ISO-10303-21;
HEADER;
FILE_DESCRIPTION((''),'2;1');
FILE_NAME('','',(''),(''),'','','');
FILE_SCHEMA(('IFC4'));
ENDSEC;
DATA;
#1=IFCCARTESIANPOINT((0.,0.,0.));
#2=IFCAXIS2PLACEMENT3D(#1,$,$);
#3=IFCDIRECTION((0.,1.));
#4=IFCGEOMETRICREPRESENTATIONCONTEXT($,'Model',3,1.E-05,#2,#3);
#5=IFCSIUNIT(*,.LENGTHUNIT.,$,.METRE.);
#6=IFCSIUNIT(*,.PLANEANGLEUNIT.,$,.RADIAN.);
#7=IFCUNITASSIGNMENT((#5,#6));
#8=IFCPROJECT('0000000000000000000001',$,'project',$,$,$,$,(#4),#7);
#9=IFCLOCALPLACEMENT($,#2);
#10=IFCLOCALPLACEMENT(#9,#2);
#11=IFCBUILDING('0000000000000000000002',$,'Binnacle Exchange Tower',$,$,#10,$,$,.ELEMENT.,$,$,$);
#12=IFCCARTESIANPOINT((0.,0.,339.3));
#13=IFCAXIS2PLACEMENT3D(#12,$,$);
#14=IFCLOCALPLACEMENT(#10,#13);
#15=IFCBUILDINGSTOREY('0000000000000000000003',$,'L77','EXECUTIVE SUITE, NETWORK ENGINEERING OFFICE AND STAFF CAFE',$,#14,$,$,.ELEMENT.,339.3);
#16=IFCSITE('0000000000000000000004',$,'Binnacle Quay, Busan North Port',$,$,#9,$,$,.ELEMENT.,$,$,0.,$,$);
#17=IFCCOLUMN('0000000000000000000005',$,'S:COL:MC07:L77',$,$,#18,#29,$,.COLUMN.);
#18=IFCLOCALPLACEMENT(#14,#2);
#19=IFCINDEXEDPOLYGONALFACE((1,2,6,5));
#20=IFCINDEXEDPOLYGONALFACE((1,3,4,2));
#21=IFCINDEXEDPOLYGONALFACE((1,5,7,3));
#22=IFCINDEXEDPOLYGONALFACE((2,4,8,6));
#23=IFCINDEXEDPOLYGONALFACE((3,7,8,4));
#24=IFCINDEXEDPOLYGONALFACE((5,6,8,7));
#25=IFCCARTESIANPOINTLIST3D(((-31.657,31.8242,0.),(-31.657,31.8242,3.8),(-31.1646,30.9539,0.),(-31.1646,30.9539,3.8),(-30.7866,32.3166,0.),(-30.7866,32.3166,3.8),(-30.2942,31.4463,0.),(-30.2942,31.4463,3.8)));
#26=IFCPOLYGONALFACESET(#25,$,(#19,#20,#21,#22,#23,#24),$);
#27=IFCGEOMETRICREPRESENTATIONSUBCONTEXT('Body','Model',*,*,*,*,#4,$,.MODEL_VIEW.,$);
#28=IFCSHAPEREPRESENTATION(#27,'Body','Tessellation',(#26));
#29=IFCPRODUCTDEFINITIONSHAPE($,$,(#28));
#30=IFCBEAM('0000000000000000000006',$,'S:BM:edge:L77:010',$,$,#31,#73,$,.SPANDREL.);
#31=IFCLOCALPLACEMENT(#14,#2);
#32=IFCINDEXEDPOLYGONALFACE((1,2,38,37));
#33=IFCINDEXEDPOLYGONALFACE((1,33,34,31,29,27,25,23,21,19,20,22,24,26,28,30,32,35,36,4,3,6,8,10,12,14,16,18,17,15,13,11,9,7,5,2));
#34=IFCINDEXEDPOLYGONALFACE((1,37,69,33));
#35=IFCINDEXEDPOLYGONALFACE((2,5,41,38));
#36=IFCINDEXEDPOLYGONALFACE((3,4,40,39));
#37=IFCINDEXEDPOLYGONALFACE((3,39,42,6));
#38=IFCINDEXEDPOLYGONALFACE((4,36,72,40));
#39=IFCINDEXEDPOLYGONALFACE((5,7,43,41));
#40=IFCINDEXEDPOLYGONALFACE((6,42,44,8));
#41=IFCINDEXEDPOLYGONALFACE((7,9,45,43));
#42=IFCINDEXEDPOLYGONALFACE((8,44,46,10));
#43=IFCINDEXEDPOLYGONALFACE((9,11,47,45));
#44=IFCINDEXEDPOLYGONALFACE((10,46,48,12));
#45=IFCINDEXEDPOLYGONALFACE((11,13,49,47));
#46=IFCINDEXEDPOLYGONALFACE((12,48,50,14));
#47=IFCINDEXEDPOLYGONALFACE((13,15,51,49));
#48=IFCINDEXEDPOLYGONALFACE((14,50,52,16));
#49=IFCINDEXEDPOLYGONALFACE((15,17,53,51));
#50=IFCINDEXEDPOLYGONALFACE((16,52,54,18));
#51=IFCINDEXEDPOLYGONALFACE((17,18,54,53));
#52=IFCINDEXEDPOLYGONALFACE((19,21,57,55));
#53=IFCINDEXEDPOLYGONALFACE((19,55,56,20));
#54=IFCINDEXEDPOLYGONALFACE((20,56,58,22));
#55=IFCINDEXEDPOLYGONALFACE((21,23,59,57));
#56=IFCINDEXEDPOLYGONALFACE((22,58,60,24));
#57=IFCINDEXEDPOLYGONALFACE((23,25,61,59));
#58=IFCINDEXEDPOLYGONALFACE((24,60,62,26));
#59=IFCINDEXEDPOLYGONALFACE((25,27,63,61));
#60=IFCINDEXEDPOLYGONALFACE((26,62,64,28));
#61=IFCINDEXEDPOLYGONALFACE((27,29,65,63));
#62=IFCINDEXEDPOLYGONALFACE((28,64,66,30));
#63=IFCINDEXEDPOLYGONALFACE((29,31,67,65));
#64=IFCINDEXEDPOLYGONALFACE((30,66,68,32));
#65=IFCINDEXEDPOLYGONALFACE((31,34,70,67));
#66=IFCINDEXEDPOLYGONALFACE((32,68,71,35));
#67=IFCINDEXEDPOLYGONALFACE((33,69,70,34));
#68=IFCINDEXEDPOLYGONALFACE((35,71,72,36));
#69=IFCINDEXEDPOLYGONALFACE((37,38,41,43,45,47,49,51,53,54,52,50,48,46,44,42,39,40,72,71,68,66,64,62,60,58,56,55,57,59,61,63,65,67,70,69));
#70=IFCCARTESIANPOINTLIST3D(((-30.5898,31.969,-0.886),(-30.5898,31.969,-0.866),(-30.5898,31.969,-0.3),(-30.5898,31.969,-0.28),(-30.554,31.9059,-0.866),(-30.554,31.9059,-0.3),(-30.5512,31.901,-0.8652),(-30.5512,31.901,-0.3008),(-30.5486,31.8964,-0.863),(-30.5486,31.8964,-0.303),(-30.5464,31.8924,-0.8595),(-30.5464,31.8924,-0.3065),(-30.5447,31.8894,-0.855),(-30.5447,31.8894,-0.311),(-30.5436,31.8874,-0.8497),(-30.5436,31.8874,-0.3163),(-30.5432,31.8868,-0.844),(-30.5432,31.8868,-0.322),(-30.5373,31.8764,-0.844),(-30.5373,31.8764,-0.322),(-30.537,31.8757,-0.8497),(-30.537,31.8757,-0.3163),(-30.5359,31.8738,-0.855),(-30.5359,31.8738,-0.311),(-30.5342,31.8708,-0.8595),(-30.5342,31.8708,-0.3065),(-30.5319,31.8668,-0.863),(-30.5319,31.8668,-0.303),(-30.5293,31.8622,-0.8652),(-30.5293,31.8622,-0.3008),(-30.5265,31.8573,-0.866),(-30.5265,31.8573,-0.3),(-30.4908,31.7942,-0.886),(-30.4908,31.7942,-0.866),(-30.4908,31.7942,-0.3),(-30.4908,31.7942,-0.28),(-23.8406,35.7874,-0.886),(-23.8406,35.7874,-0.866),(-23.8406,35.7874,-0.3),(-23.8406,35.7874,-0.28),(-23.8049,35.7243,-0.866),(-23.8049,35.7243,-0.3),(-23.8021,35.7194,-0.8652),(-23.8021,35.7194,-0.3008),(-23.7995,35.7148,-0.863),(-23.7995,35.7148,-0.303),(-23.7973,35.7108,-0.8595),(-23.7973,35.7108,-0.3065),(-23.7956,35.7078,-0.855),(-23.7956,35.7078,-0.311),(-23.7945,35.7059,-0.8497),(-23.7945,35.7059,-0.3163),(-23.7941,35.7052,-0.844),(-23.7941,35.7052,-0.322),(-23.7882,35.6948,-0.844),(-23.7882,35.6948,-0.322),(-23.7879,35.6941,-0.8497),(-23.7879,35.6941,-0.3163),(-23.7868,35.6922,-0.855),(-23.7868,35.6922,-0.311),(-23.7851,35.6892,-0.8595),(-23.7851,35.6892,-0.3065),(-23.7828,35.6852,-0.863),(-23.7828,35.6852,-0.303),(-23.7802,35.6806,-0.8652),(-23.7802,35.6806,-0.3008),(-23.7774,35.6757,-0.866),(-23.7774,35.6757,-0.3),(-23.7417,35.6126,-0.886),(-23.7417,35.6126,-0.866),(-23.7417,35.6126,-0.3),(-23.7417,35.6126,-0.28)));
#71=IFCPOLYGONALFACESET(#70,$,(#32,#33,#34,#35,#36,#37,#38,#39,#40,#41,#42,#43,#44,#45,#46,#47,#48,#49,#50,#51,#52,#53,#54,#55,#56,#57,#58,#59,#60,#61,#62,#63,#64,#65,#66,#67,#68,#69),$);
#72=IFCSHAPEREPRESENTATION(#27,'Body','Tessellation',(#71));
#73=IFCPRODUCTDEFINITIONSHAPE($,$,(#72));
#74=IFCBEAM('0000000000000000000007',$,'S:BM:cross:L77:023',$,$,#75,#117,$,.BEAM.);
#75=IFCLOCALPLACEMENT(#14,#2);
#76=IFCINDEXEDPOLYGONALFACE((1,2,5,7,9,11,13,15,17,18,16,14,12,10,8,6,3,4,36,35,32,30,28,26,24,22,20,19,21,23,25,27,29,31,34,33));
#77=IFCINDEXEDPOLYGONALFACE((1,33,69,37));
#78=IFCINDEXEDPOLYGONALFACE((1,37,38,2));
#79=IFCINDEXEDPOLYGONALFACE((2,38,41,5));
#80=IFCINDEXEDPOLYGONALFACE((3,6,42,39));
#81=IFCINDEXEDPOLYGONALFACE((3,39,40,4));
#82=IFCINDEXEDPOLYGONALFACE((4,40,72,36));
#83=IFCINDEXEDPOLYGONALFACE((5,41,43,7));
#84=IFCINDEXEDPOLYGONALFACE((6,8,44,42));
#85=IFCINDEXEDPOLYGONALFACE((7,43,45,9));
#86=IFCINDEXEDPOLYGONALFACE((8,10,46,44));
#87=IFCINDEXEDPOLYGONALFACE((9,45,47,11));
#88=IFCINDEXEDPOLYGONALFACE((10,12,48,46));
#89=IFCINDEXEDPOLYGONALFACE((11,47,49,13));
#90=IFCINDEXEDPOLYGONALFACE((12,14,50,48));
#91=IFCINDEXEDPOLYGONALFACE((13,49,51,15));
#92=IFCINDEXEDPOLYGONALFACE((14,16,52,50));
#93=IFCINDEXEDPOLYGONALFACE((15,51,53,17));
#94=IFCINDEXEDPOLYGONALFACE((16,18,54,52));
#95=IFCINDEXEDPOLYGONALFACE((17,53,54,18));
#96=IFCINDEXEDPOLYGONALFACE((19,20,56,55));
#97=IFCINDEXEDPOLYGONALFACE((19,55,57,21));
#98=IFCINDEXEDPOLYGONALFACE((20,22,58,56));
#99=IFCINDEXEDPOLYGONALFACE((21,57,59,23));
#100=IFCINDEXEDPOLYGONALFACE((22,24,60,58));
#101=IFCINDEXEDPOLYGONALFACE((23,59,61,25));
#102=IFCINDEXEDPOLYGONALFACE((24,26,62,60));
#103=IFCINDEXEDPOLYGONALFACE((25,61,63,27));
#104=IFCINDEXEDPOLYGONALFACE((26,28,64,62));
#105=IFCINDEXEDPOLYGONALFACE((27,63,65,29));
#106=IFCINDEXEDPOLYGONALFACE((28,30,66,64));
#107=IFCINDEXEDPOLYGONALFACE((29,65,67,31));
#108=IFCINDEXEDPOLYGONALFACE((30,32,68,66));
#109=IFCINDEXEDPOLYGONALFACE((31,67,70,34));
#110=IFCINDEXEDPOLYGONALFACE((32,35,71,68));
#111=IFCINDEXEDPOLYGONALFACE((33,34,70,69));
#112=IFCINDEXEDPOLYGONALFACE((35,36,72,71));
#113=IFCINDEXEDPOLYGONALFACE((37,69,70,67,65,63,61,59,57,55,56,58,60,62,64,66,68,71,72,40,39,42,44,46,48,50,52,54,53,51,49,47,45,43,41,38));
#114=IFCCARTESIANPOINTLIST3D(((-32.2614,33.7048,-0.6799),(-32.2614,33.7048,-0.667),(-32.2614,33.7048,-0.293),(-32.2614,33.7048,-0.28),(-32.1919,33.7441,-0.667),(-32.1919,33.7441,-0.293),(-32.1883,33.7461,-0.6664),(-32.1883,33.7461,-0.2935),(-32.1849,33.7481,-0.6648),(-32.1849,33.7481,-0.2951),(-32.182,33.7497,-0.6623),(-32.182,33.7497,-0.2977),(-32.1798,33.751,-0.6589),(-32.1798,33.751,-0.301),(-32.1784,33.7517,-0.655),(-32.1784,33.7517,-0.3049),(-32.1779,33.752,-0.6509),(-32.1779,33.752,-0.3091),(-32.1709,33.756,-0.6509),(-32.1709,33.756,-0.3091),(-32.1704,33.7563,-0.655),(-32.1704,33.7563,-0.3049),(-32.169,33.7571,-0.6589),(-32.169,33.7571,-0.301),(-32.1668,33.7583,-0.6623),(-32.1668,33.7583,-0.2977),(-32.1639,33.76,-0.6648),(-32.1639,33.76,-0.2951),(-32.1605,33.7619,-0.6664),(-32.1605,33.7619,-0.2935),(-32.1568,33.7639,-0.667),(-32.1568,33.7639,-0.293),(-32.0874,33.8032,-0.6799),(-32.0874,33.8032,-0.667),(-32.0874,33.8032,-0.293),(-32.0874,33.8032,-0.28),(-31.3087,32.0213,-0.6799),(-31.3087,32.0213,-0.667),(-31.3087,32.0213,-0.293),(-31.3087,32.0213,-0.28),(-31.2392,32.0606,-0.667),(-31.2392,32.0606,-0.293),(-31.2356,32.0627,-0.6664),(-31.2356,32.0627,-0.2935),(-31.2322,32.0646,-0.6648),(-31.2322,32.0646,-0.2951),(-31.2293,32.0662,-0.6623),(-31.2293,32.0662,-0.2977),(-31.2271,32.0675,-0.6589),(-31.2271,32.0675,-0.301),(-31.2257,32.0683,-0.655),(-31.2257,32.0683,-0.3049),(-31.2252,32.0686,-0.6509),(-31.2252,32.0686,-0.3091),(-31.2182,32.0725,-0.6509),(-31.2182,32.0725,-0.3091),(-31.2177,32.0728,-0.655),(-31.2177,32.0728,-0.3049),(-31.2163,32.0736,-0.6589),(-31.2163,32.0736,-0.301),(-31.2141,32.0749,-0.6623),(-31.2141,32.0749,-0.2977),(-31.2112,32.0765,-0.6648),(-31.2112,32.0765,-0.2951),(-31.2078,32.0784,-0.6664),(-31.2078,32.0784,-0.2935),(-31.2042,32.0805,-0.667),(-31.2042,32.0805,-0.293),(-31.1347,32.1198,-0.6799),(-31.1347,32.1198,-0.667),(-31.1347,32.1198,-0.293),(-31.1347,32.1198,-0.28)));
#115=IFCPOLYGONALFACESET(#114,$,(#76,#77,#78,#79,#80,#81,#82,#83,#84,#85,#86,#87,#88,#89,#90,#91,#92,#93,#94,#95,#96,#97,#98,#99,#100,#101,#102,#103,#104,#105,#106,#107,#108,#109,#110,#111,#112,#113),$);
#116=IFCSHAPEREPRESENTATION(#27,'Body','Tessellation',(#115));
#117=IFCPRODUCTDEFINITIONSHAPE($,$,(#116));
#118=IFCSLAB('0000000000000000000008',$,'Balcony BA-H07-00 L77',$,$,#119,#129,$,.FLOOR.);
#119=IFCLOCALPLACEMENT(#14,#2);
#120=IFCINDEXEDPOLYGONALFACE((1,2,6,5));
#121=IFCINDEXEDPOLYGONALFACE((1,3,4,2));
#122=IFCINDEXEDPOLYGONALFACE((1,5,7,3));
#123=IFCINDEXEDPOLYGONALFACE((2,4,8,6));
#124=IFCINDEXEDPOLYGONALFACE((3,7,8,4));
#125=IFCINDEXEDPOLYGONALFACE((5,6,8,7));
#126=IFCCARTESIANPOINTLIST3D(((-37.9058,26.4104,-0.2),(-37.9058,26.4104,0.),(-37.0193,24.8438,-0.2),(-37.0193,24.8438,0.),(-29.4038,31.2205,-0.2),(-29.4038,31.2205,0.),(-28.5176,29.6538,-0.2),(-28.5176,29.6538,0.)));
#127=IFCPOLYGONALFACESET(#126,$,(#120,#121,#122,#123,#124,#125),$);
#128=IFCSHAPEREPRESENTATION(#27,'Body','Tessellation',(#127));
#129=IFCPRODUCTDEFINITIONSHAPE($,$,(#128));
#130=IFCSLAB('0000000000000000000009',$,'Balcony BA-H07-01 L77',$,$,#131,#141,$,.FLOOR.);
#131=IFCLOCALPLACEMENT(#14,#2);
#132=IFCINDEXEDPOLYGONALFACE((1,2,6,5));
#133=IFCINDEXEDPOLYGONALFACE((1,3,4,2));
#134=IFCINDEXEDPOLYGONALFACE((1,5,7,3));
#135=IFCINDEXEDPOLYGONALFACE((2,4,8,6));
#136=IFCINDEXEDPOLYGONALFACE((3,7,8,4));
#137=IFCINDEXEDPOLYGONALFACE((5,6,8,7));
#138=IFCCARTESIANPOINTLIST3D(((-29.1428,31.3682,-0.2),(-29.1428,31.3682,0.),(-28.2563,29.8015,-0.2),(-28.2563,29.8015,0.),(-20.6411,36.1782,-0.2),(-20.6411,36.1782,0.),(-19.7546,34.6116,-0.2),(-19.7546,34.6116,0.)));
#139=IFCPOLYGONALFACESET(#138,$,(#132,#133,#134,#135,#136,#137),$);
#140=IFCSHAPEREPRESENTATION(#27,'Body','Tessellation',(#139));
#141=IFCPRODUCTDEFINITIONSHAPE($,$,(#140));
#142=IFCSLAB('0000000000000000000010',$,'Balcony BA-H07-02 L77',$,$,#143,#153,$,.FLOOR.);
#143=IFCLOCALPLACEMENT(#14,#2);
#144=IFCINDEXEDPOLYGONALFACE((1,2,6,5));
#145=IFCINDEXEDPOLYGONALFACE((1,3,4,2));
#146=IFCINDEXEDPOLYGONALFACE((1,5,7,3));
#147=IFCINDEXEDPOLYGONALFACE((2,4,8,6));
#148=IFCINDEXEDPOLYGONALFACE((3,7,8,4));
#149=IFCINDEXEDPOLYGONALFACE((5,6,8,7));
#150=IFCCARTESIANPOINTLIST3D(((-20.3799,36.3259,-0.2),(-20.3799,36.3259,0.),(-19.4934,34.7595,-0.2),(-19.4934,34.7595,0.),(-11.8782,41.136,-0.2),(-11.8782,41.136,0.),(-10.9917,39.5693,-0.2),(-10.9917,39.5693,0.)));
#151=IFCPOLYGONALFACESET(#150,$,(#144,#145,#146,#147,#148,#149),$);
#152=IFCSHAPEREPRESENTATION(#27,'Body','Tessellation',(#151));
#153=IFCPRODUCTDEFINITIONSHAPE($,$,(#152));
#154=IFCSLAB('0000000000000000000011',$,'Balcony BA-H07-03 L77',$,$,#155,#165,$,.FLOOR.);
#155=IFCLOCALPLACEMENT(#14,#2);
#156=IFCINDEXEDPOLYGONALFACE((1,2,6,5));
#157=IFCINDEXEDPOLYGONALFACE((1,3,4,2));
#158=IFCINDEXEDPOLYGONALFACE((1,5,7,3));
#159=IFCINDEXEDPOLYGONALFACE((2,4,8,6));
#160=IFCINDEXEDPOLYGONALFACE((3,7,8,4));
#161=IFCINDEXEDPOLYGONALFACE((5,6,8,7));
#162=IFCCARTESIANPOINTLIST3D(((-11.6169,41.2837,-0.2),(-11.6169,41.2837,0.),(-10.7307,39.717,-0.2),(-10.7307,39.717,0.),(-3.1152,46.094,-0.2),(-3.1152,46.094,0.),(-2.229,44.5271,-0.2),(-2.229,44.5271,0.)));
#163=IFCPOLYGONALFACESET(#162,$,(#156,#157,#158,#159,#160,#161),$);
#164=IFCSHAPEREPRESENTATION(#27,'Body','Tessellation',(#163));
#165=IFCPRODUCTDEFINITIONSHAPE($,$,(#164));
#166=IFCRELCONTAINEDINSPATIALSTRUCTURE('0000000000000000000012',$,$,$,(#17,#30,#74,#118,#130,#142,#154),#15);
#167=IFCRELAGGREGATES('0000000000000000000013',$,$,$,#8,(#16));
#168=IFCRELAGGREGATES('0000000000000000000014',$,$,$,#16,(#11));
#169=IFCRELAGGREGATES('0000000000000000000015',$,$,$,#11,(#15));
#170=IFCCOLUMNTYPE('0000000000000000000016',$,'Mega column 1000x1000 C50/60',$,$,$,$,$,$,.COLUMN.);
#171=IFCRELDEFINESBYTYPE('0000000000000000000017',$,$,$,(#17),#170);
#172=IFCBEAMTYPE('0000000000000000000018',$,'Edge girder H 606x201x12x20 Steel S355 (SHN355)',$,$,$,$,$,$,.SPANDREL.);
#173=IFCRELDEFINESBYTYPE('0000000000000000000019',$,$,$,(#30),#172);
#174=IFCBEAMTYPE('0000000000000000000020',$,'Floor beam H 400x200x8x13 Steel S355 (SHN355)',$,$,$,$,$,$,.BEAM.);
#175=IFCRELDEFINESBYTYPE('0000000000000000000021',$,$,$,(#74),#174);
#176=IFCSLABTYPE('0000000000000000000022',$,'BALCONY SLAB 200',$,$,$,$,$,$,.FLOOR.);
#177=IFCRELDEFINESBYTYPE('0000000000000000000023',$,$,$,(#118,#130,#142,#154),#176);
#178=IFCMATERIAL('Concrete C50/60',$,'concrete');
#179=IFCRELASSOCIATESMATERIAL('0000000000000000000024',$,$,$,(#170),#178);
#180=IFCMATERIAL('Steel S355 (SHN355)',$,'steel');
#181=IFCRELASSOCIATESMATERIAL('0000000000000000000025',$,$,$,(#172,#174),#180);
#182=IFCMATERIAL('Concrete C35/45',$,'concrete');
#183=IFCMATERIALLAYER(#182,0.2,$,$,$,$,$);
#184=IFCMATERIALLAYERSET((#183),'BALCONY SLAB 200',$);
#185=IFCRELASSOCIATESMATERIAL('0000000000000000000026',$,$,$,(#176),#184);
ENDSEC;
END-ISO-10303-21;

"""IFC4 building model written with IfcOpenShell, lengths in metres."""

from ifc_helpers import new_model, si_unit, direction, frame, origin, origin_2d, place, context, subcontext, project, spatial, polyline, rectangle, i_section, outline, extrude, material, layer, layer_set, material_profile, profile_set, type_object, element, save


model = new_model("IFC4")

# Units and contexts
model_context = context("Model", 3, precision=1e-05, world=origin(), true_north=direction((0.0, 1.0)))
body_context = subcontext(model_context, "Body", "Model", "MODEL_VIEW")
ifc_project = project(units=[si_unit("LENGTHUNIT", "METRE"), si_unit("PLANEANGLEUNIT", "RADIAN")], contexts=[model_context])

# Site, building, storey
site_placement = place(None, origin())
site = spatial("IfcSite", under=ifc_project, at=site_placement, Name="Binnacle Quay, Busan North Port", CompositionType="ELEMENT", RefElevation=0.0)
building_placement = place(site_placement, origin())
building = spatial("IfcBuilding", under=site, at=building_placement, Name="Binnacle Exchange Tower", CompositionType="ELEMENT")
storey_placement = place(building_placement, frame((0.0, 0.0, 339.3)))
storey = spatial("IfcBuildingStorey", under=building, at=storey_placement, Name="L77", Description="EXECUTIVE SUITE, NETWORK ENGINEERING OFFICE AND STAFF CAFE", CompositionType="ELEMENT", Elevation=339.3)

# Column
ifc_material_1 = material(Name="Concrete C50/60", Category="concrete")
ifc_material_profile_1 = material_profile(ifc_material_1, rectangle(XDim=1.0, YDim=1.0, at=origin_2d()), Name="Mega column 1000x1000 C50/60")
ifc_profile_set_1 = profile_set([ifc_material_profile_1], Name="Concrete C50/60")
column_type = type_object("IfcColumnType", Name="Mega column 1000x1000 C50/60", PredefinedType="COLUMN", material=ifc_profile_set_1)
column_placement = place(storey_placement, frame((-30.9756, 31.6353, 0.0), z_axis=(0.0, 0.0, 1.0), x_axis=(0.870356, 0.492424, 0.0)))
element("IfcColumn", 1, at=column_placement, inside=storey, type_object=column_type, Name="S:COL:MC07:L77", PredefinedType="COLUMN", context=body_context, shape_type="SweptSolid", body=[
    extrude(rectangle(XDim=1.0, YDim=1.0, at=origin_2d()), origin(), (0.0, 0.0, 1.0), 3.8),
])

# Beams
ifc_material_2 = material(Name="Steel S355 (SHN355)", Category="steel")
ifc_material_profile_2 = material_profile(ifc_material_2, i_section(OverallWidth=0.2009, OverallDepth=0.606, WebThickness=0.012, FlangeThickness=0.02, FilletRadius=0.022, at=origin_2d()), Name="H 606x201x12x20")
ifc_profile_set_2 = profile_set([ifc_material_profile_2], Name="Steel S355 (SHN355)")
beam_type_1 = type_object("IfcBeamType", Name="Edge girder H 606x201x12x20 Steel S355 (SHN355)", PredefinedType="SPANDREL", material=ifc_profile_set_2)
beam_1_placement = place(storey_placement, frame((-30.5403, 31.8816, -0.583), z_axis=(0.870359, 0.492418, 0.0), x_axis=(-0.492418, 0.870359, 0.0)))
element("IfcBeam", 2, at=beam_1_placement, inside=storey, type_object=beam_type_1, Name="S:BM:edge:L77:010", PredefinedType="SPANDREL", context=body_context, shape_type="SweptSolid", body=[
    extrude(i_section(OverallWidth=0.2009, OverallDepth=0.606, WebThickness=0.012, FlangeThickness=0.02, FilletRadius=0.022, at=origin_2d()), origin(), (0.0, 0.0, 1.0), 7.7544),
])
ifc_material_profile_3 = material_profile(ifc_material_2, i_section(OverallWidth=0.2, OverallDepth=0.3999, WebThickness=0.0081, FlangeThickness=0.0129, FilletRadius=0.0161, at=origin_2d()), Name="H 400x200x8x13")
ifc_profile_set_3 = profile_set([ifc_material_profile_3], Name="Steel S355 (SHN355)")
beam_type_2 = type_object("IfcBeamType", Name="Floor beam H 400x200x8x13 Steel S355 (SHN355)", PredefinedType="BEAM", material=ifc_profile_set_3)
beam_2_placement = place(storey_placement, frame((-31.2217, 32.0706, -0.48), z_axis=(-0.492519, 0.870302, 0.0), x_axis=(-0.870302, -0.492519, 0.0)))
element("IfcBeam", 3, at=beam_2_placement, inside=storey, type_object=beam_type_2, Name="S:BM:cross:L77:023", PredefinedType="BEAM", context=body_context, shape_type="SweptSolid", body=[
    extrude(i_section(OverallWidth=0.2, OverallDepth=0.3999, WebThickness=0.0081, FlangeThickness=0.0129, FilletRadius=0.0161, at=origin_2d()), origin(), (0.0, 0.0, 1.0), 1.9343),
])

# Slabs
ifc_material_3 = material(Name="Concrete C35/45", Category="concrete")
ifc_layer_1 = layer(ifc_material_3, 0.2)
ifc_layer_set_1 = layer_set([ifc_layer_1], Name="BALCONY SLAB 200")
slab_type_1 = type_object("IfcSlabType", Name="BALCONY SLAB 200", PredefinedType="FLOOR", material=ifc_layer_set_1)
slab_1_placement = place(storey_placement, frame((0.0, 0.0, -0.2)))
element("IfcSlab", 4, at=slab_1_placement, inside=storey, type_object=slab_type_1, Name="Balcony BA-H07-00 L77", PredefinedType="FLOOR", context=body_context, shape_type="SweptSolid", body=[
    extrude(outline(polyline([(-37.9058, 26.4104), (-29.4038, 31.2205), (-28.5176, 29.6538), (-37.0193, 24.8438), (-37.9058, 26.4104)])), origin(), (0.0, 0.0, 1.0), 0.2),
])
slab_2_placement = place(storey_placement, frame((0.0, 0.0, -0.2)))
element("IfcSlab", 5, at=slab_2_placement, inside=storey, type_object=slab_type_1, Name="Balcony BA-H07-01 L77", PredefinedType="FLOOR", context=body_context, shape_type="SweptSolid", body=[
    extrude(outline(polyline([(-29.1428, 31.3682), (-20.6411, 36.1782), (-19.7546, 34.6116), (-28.2563, 29.8015), (-29.1428, 31.3682)])), origin(), (0.0, 0.0, 1.0), 0.2),
])
slab_3_placement = place(storey_placement, frame((0.0, 0.0, -0.2)))
element("IfcSlab", 6, at=slab_3_placement, inside=storey, type_object=slab_type_1, Name="Balcony BA-H07-02 L77", PredefinedType="FLOOR", context=body_context, shape_type="SweptSolid", body=[
    extrude(outline(polyline([(-20.3799, 36.3259), (-11.8782, 41.136), (-10.9917, 39.5693), (-19.4934, 34.7595), (-20.3799, 36.3259)])), origin(), (0.0, 0.0, 1.0), 0.2),
])
slab_4_placement = place(storey_placement, frame((0.0, 0.0, -0.2)))
element("IfcSlab", 7, at=slab_4_placement, inside=storey, type_object=slab_type_1, Name="Balcony BA-H07-03 L77", PredefinedType="FLOOR", context=body_context, shape_type="SweptSolid", body=[
    extrude(outline(polyline([(-11.6169, 41.2837), (-3.1152, 46.094), (-2.229, 44.5271), (-10.7307, 39.717), (-11.6169, 41.2837)])), origin(), (0.0, 0.0, 1.0), 0.2),
])

save(model, "model.ifc")
